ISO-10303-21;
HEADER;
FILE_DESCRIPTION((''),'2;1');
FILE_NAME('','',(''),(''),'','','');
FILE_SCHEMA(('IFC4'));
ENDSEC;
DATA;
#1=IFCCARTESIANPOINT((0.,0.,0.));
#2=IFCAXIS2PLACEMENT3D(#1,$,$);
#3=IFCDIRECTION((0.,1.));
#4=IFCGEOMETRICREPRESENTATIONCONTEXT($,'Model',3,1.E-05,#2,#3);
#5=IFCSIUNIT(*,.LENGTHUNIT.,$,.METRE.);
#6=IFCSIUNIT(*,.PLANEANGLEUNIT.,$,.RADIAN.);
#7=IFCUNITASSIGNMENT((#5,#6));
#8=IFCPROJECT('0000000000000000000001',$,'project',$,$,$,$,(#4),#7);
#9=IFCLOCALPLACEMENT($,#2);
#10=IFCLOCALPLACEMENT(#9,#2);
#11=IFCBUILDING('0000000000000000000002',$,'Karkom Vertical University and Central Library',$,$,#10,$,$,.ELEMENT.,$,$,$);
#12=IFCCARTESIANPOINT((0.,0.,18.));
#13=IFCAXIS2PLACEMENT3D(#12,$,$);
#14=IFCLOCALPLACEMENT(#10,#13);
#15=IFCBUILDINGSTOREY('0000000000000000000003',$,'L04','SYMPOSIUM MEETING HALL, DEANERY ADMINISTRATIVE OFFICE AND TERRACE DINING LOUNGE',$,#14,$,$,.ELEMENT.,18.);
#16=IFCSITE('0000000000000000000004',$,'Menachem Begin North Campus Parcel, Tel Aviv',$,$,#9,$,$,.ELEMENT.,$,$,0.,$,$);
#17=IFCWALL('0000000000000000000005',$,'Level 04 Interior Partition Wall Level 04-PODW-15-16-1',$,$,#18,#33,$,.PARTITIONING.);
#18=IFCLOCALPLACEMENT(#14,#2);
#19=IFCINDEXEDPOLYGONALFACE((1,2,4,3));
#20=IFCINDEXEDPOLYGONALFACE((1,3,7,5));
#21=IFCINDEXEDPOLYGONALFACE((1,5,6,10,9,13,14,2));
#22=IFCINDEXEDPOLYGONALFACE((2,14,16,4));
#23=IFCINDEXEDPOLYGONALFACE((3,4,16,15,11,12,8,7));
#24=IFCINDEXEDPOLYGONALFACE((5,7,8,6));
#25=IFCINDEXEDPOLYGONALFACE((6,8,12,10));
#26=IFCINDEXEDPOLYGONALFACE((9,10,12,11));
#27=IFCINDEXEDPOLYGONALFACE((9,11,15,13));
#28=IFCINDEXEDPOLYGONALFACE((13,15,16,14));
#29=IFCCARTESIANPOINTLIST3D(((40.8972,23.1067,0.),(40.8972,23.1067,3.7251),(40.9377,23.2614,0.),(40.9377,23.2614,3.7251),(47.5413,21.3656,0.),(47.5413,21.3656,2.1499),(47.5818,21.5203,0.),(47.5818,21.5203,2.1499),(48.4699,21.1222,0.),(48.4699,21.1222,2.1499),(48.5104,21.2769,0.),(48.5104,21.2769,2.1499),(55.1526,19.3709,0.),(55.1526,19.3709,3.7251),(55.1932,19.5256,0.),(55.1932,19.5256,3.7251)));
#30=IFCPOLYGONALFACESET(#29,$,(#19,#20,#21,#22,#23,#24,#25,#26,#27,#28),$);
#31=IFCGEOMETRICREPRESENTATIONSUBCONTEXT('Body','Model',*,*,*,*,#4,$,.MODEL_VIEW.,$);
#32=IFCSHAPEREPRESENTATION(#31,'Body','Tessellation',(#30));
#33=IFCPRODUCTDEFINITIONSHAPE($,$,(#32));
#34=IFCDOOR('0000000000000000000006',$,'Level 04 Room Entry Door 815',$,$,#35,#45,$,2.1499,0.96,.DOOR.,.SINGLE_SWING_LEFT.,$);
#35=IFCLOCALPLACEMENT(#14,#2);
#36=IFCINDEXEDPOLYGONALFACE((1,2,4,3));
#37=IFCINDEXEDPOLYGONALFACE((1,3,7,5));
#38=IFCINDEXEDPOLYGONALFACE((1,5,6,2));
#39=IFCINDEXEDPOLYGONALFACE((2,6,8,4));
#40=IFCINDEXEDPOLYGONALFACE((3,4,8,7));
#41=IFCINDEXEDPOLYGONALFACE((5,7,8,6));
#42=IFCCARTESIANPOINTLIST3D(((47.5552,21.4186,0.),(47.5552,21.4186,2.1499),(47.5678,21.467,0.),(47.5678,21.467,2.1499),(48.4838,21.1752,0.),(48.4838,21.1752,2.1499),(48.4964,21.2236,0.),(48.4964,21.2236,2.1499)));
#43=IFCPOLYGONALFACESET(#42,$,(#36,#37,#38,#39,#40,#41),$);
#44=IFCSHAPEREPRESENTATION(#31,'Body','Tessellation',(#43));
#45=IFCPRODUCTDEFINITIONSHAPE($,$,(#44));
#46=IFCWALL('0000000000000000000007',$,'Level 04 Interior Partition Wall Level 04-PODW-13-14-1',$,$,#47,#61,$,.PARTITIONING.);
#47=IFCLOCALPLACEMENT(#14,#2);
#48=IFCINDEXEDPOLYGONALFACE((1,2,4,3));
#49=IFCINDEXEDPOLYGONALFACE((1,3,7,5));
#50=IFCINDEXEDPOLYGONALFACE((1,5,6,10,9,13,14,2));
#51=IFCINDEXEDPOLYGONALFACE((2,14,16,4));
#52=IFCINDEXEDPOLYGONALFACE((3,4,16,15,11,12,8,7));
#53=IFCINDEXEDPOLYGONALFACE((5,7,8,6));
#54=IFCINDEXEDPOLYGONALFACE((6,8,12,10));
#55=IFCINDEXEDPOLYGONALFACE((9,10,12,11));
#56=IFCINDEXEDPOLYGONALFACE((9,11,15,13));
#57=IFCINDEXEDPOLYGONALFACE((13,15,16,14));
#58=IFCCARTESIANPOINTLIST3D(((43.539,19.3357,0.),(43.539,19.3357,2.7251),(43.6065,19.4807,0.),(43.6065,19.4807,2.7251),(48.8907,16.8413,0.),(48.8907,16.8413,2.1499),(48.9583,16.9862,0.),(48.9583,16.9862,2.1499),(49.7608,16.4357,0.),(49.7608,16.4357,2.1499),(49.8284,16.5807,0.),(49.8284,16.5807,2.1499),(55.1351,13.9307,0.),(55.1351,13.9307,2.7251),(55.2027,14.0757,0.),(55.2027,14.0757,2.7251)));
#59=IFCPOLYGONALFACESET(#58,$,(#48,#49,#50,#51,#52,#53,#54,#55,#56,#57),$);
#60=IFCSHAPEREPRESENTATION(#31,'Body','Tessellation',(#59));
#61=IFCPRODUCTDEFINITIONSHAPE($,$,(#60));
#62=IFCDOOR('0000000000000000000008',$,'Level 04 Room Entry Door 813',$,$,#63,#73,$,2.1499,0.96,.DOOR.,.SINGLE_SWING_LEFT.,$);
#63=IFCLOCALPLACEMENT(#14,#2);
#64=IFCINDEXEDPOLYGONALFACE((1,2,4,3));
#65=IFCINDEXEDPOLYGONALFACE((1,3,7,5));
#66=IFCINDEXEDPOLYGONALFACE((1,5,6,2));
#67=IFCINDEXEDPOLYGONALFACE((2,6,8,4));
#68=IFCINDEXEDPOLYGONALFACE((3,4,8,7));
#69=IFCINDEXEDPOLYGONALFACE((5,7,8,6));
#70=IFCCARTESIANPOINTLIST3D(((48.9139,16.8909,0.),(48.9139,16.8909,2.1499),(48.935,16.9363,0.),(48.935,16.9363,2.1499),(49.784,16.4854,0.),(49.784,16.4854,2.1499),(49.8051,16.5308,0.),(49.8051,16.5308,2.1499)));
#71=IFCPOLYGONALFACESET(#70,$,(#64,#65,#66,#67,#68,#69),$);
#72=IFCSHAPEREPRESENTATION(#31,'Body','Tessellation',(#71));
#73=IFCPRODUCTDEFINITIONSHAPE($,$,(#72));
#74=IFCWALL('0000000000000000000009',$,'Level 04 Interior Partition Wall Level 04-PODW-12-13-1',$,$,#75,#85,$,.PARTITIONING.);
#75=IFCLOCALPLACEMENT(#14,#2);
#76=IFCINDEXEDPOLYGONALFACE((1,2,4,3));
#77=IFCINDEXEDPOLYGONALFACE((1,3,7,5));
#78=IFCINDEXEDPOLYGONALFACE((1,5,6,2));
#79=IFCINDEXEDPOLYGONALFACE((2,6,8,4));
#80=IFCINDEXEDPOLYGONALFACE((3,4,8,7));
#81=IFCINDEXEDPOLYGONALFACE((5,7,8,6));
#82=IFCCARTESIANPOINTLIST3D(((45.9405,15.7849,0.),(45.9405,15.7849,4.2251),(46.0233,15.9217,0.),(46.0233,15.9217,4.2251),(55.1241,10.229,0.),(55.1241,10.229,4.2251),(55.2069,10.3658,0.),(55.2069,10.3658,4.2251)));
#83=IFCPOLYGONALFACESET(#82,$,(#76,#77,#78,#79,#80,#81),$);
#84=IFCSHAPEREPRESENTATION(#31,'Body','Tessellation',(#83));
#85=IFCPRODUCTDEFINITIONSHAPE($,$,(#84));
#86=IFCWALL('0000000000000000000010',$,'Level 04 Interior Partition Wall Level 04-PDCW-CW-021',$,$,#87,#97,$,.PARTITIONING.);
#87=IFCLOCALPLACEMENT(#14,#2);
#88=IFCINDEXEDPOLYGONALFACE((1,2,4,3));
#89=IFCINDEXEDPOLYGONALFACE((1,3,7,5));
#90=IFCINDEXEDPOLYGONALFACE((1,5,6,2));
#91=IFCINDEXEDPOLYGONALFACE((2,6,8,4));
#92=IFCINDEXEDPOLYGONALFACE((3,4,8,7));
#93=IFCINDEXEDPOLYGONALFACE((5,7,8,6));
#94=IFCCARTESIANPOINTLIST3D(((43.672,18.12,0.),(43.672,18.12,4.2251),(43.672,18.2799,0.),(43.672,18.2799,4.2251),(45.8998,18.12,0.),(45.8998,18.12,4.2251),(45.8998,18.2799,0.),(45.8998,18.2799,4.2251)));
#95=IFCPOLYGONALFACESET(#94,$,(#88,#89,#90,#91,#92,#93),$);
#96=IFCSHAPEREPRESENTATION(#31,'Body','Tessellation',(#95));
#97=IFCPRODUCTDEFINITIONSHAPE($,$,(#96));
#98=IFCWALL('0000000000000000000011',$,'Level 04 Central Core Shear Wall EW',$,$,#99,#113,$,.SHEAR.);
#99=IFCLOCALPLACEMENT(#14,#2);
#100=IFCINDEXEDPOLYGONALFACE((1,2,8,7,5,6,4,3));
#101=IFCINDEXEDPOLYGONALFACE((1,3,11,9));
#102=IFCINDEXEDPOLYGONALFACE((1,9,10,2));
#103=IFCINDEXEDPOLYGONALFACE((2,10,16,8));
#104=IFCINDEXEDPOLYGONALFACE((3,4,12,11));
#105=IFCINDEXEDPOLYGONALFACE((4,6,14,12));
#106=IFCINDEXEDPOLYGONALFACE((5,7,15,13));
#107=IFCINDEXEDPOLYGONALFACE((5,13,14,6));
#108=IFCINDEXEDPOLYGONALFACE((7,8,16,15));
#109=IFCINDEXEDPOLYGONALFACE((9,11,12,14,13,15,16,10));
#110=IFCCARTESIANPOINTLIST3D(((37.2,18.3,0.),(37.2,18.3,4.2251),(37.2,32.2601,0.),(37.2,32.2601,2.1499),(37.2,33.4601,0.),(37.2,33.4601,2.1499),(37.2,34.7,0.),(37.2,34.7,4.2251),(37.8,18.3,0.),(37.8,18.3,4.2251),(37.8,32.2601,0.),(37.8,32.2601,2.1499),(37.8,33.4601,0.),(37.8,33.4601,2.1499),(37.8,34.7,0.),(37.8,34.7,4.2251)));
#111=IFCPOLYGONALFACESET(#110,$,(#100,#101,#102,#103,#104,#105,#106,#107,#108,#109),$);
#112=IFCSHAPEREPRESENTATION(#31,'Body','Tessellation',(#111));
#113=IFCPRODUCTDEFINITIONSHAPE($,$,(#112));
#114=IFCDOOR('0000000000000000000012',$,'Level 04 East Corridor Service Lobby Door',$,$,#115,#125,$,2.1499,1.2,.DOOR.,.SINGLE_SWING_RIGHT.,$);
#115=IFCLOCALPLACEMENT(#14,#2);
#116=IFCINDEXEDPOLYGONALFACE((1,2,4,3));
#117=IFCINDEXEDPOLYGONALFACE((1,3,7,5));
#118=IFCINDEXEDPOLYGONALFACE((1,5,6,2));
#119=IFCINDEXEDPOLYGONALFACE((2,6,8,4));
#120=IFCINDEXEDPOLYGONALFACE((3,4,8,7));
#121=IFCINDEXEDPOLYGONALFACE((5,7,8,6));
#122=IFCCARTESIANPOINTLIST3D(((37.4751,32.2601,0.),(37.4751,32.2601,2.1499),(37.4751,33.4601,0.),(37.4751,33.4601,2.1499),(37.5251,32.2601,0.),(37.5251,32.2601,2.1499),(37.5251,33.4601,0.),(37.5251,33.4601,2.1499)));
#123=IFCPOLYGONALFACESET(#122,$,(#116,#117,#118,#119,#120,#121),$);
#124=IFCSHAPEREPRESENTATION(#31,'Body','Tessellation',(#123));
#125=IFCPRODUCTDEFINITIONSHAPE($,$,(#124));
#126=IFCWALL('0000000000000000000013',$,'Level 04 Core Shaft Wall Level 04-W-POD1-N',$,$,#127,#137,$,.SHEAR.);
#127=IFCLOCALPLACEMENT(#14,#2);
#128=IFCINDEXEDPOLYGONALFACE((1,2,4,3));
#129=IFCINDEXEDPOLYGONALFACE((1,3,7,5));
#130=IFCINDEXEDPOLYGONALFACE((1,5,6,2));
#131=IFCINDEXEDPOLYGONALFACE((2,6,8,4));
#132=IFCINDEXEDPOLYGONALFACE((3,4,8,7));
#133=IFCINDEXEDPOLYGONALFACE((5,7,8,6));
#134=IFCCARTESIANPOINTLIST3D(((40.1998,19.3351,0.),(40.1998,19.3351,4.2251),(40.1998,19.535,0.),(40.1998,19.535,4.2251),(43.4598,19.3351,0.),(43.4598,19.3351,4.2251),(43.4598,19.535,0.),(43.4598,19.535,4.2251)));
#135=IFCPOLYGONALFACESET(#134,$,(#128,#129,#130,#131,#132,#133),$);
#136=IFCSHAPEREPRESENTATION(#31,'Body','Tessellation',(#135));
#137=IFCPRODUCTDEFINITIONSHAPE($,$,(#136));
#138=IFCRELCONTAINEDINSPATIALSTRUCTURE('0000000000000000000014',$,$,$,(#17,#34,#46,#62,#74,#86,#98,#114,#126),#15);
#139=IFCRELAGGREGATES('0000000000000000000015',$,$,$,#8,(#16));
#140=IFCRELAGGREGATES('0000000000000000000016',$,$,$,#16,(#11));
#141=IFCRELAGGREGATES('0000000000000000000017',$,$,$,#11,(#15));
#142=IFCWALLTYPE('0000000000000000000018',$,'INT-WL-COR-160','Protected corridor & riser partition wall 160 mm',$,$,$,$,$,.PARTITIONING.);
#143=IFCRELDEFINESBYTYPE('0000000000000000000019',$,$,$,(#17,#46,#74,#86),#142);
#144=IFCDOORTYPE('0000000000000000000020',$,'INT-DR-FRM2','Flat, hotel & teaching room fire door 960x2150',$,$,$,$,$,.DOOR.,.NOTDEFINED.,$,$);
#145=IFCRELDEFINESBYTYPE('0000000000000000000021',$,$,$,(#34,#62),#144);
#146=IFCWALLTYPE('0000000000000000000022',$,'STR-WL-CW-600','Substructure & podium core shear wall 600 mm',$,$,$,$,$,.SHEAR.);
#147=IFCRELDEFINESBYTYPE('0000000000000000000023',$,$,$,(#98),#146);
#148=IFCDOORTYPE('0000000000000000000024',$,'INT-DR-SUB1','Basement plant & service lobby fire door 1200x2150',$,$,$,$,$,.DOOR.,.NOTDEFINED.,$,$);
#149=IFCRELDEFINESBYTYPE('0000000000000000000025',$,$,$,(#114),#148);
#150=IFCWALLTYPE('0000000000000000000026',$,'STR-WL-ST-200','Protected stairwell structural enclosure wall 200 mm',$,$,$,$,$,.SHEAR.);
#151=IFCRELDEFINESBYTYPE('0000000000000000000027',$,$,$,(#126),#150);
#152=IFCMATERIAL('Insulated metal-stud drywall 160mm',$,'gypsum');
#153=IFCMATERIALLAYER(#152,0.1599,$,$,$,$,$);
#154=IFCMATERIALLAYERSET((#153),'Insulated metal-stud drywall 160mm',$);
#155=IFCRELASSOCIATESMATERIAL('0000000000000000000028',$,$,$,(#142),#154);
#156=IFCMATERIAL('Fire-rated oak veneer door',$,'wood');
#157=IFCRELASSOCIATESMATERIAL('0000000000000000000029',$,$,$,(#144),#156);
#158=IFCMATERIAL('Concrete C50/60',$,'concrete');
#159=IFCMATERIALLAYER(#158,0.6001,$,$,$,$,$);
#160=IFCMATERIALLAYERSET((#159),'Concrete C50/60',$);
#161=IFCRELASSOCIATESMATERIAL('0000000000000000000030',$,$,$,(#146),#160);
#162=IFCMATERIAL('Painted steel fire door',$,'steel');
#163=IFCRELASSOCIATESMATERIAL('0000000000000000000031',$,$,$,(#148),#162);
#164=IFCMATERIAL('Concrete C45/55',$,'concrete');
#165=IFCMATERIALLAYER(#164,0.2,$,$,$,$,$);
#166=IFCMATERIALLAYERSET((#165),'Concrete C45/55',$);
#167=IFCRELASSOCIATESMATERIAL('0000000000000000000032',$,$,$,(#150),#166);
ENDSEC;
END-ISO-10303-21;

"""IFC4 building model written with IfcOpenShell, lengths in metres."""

from ifc_helpers import new_model, si_unit, direction, frame, frame_2d, origin, origin_with_axes, place, context, subcontext, project, spatial, rectangle, extrude, source, transform, mapped, material, layer, layer_set, type_object, element, fill, save


model = new_model("IFC4")

# Units and contexts
model_context = context("Model", 3, precision=1e-05, world=origin(), true_north=direction((0.0, 1.0)))
body_context = subcontext(model_context, "Body", "Model", "MODEL_VIEW")
ifc_project = project(units=[si_unit("LENGTHUNIT", "METRE"), si_unit("PLANEANGLEUNIT", "RADIAN")], contexts=[model_context])

# Site, building, storey
site_placement = place(None, origin())
site = spatial("IfcSite", under=ifc_project, at=site_placement, Name="Menachem Begin North Campus Parcel, Tel Aviv", CompositionType="ELEMENT", RefElevation=0.0)
building_placement = place(site_placement, origin())
building = spatial("IfcBuilding", under=site, at=building_placement, Name="Karkom Vertical University and Central Library", CompositionType="ELEMENT")
storey_placement = place(building_placement, frame((0.0, 0.0, 18.0)))
storey = spatial("IfcBuildingStorey", under=building, at=storey_placement, Name="L04", Description="SYMPOSIUM MEETING HALL, DEANERY ADMINISTRATIVE OFFICE AND TERRACE DINING LOUNGE", CompositionType="ELEMENT", Elevation=18.0)

# Shared definitions
ifc_material_1 = material(Name="Concrete C50/60", Category="concrete")

# Walls, openings, doors
ifc_material_2 = material(Name="Insulated metal-stud drywall 160mm", Category="gypsum")
ifc_layer_1 = layer(ifc_material_2, 0.1599)
ifc_layer_set_1 = layer_set([ifc_layer_1], Name="Insulated metal-stud drywall 160mm")
wall_type_1 = type_object("IfcWallType", Name="INT-WL-COR-160", Description="Protected corridor & riser partition wall 160 mm", PredefinedType="PARTITIONING", material=ifc_layer_set_1)
ifc_material_3 = material(Name="Fire-rated oak veneer door", Category="wood")
door_type_1 = type_object("IfcDoorType", Name="INT-DR-FRM2", Description="Flat, hotel & teaching room fire door 960x2150", OperationType="NOTDEFINED", PredefinedType="DOOR", material=ifc_material_3)
shared_shape_1 = source(origin_with_axes(), body_context, "Body", "SweptSolid", [
    extrude(rectangle(XDim=0.96, YDim=2.1499, at=frame_2d((0.48, 1.075))), frame((0.0, 0.0249, 0.0), z_axis=(0.0, -1.0, 0.0), x_axis=(1.0, 0.0, 0.0)), (0.0, 0.0, 1.0), 0.05),
])
wall_1_placement = place(storey_placement, frame((40.9175, 23.1841, 0.0), z_axis=(0.0, 0.0, 1.0), x_axis=(0.967334, -0.253505, 0.0)))
wall_1 = element("IfcWall", 1, at=wall_1_placement, inside=storey, type_object=wall_type_1, Name="Level 04 Interior Partition Wall Level 04-PODW-15-16-1", PredefinedType="PARTITIONING", context=body_context, shape_type="SweptSolid", body=[
    extrude(rectangle(XDim=14.7368, YDim=0.1599, at=frame_2d((7.3684, 0.0))), origin(), (0.0, 0.0, 1.0), 3.7251),
])
opening_1_placement = place(wall_1_placement, frame((6.8684, 0.0, 0.0)))
opening_1 = element("IfcOpeningElement", 2, at=opening_1_placement, cuts=wall_1, PredefinedType="OPENING", context=body_context, shape_type="SweptSolid", body=[
    extrude(rectangle(XDim=0.96, YDim=2.1499, at=frame_2d((0.48, 1.075))), frame((0.0, 0.0898, 0.0), z_axis=(0.0, -1.0, 0.0), x_axis=(1.0, 0.0, 0.0)), (0.0, 0.0, 1.0), 0.1799),
])
door_1_placement = place(opening_1_placement, origin())
door_1 = element("IfcDoor", 3, at=door_1_placement, inside=storey, type_object=door_type_1, Name="Level 04 Room Entry Door 815", OperationType="SINGLE_SWING_LEFT", OverallHeight=2.1499, OverallWidth=0.96, PredefinedType="DOOR", context=body_context, shape_type="MappedRepresentation", body=[
    mapped(shared_shape_1, transform((0.0, 0.0, 0.0), scale=1.0)),
])
fill(opening_1, door_1)
wall_2_placement = place(storey_placement, frame((43.5728, 19.4082, 0.0), z_axis=(0.0, 0.0, 1.0), x_axis=(0.906379, -0.422467, 0.0)))
wall_2 = element("IfcWall", 4, at=wall_2_placement, inside=storey, type_object=wall_type_1, Name="Level 04 Interior Partition Wall Level 04-PODW-13-14-1", PredefinedType="PARTITIONING", context=body_context, shape_type="SweptSolid", body=[
    extrude(rectangle(XDim=12.7939, YDim=0.1599, at=frame_2d((6.397, 0.0))), origin(), (0.0, 0.0, 1.0), 2.7251),
])
opening_2_placement = place(wall_2_placement, frame((5.9045, 0.0, 0.0)))
opening_2 = element("IfcOpeningElement", 5, at=opening_2_placement, cuts=wall_2, PredefinedType="OPENING", context=body_context, shape_type="SweptSolid", body=[
    extrude(rectangle(XDim=0.96, YDim=2.1499, at=frame_2d((0.48, 1.075))), frame((0.0, 0.0898, 0.0), z_axis=(0.0, -1.0, 0.0), x_axis=(1.0, 0.0, 0.0)), (0.0, 0.0, 1.0), 0.1799),
])
door_2_placement = place(opening_2_placement, origin())
door_2 = element("IfcDoor", 6, at=door_2_placement, inside=storey, type_object=door_type_1, Name="Level 04 Room Entry Door 813", OperationType="SINGLE_SWING_LEFT", OverallHeight=2.1499, OverallWidth=0.96, PredefinedType="DOOR", context=body_context, shape_type="MappedRepresentation", body=[
    mapped(shared_shape_1, transform((0.0, 0.0, 0.0), scale=1.0)),
])
fill(opening_2, door_2)

# Wall
wall_3_placement = place(storey_placement, frame((45.9819, 15.8533, 0.0), z_axis=(0.0, 0.0, 1.0), x_axis=(0.855607, -0.517627, 0.0)))
element("IfcWall", 7, at=wall_3_placement, inside=storey, type_object=wall_type_1, Name="Level 04 Interior Partition Wall Level 04-PODW-12-13-1", PredefinedType="PARTITIONING", context=body_context, shape_type="SweptSolid", body=[
    extrude(rectangle(XDim=10.7334, YDim=0.1599, at=frame_2d((5.3667, 0.0))), origin(), (0.0, 0.0, 1.0), 4.2251),
])

# Wall
wall_4_placement = place(storey_placement, frame((43.6721, 18.2, 0.0), z_axis=(0.0, 0.0, 1.0), x_axis=(1.0, 0.0, 0.0)))
element("IfcWall", 8, at=wall_4_placement, inside=storey, type_object=wall_type_1, Name="Level 04 Interior Partition Wall Level 04-PDCW-CW-021", PredefinedType="PARTITIONING", context=body_context, shape_type="SweptSolid", body=[
    extrude(rectangle(XDim=2.2278, YDim=0.1599, at=frame_2d((1.1138, 0.0))), origin(), (0.0, 0.0, 1.0), 4.2251),
])

# Wall, opening, door
ifc_layer_2 = layer(ifc_material_1, 0.6001)
ifc_layer_set_2 = layer_set([ifc_layer_2], Name="Concrete C50/60")
wall_type_2 = type_object("IfcWallType", Name="STR-WL-CW-600", Description="Substructure & podium core shear wall 600 mm", PredefinedType="SHEAR", material=ifc_layer_set_2)
wall_5_placement = place(storey_placement, frame((37.5, 18.3, 0.0), z_axis=(0.0, 0.0, 1.0), x_axis=(0.0, 1.0, 0.0)))
wall_5 = element("IfcWall", 9, at=wall_5_placement, inside=storey, type_object=wall_type_2, Name="Level 04 Central Core Shear Wall EW", PredefinedType="SHEAR", context=body_context, shape_type="SweptSolid", body=[
    extrude(rectangle(XDim=16.3999, YDim=0.6001, at=frame_2d((8.2, 0.0))), origin(), (0.0, 0.0, 1.0), 4.2251),
])
opening_3_placement = place(wall_5_placement, frame((13.96, 0.0, 0.0)))
opening_3 = element("IfcOpeningElement", 10, at=opening_3_placement, cuts=wall_5, PredefinedType="OPENING", context=body_context, shape_type="SweptSolid", body=[
    extrude(rectangle(XDim=1.2, YDim=2.1499, at=frame_2d((0.6001, 1.075))), frame((0.0, 0.3101, 0.0), z_axis=(0.0, -1.0, 0.0), x_axis=(1.0, 0.0, 0.0)), (0.0, 0.0, 1.0), 0.6201),
])
ifc_material_4 = material(Name="Painted steel fire door", Category="steel")
door_type_2 = type_object("IfcDoorType", Name="INT-DR-SUB1", Description="Basement plant & service lobby fire door 1200x2150", OperationType="NOTDEFINED", PredefinedType="DOOR", material=ifc_material_4)
shared_shape_2 = source(origin_with_axes(), body_context, "Body", "SweptSolid", [
    extrude(rectangle(XDim=1.2, YDim=2.1499, at=frame_2d((0.6001, 1.075))), frame((0.0, 0.0249, 0.0), z_axis=(0.0, -1.0, 0.0), x_axis=(1.0, 0.0, 0.0)), (0.0, 0.0, 1.0), 0.05),
])
door_3_placement = place(opening_3_placement, origin())
door_3 = element("IfcDoor", 11, at=door_3_placement, inside=storey, type_object=door_type_2, Name="Level 04 East Corridor Service Lobby Door", OperationType="SINGLE_SWING_RIGHT", OverallHeight=2.1499, OverallWidth=1.2, PredefinedType="DOOR", context=body_context, shape_type="MappedRepresentation", body=[
    mapped(shared_shape_2, transform((0.0, 0.0, 0.0), scale=1.0)),
])
fill(opening_3, door_3)

# Wall
ifc_material_5 = material(Name="Concrete C45/55", Category="concrete")
ifc_layer_3 = layer(ifc_material_5, 0.2)
ifc_layer_set_3 = layer_set([ifc_layer_3], Name="Concrete C45/55")
wall_type_3 = type_object("IfcWallType", Name="STR-WL-ST-200", Description="Protected stairwell structural enclosure wall 200 mm", PredefinedType="SHEAR", material=ifc_layer_set_3)
wall_6_placement = place(storey_placement, frame((40.2, 19.4351, 0.0), z_axis=(0.0, 0.0, 1.0), x_axis=(1.0, 0.0, 0.0)))
element("IfcWall", 12, at=wall_6_placement, inside=storey, type_object=wall_type_3, Name="Level 04 Core Shaft Wall Level 04-W-POD1-N", PredefinedType="SHEAR", context=body_context, shape_type="SweptSolid", body=[
    extrude(rectangle(XDim=3.26, YDim=0.2, at=frame_2d((1.6299, 0.0))), origin(), (0.0, 0.0, 1.0), 4.2251),
])

save(model, "model.ifc")
